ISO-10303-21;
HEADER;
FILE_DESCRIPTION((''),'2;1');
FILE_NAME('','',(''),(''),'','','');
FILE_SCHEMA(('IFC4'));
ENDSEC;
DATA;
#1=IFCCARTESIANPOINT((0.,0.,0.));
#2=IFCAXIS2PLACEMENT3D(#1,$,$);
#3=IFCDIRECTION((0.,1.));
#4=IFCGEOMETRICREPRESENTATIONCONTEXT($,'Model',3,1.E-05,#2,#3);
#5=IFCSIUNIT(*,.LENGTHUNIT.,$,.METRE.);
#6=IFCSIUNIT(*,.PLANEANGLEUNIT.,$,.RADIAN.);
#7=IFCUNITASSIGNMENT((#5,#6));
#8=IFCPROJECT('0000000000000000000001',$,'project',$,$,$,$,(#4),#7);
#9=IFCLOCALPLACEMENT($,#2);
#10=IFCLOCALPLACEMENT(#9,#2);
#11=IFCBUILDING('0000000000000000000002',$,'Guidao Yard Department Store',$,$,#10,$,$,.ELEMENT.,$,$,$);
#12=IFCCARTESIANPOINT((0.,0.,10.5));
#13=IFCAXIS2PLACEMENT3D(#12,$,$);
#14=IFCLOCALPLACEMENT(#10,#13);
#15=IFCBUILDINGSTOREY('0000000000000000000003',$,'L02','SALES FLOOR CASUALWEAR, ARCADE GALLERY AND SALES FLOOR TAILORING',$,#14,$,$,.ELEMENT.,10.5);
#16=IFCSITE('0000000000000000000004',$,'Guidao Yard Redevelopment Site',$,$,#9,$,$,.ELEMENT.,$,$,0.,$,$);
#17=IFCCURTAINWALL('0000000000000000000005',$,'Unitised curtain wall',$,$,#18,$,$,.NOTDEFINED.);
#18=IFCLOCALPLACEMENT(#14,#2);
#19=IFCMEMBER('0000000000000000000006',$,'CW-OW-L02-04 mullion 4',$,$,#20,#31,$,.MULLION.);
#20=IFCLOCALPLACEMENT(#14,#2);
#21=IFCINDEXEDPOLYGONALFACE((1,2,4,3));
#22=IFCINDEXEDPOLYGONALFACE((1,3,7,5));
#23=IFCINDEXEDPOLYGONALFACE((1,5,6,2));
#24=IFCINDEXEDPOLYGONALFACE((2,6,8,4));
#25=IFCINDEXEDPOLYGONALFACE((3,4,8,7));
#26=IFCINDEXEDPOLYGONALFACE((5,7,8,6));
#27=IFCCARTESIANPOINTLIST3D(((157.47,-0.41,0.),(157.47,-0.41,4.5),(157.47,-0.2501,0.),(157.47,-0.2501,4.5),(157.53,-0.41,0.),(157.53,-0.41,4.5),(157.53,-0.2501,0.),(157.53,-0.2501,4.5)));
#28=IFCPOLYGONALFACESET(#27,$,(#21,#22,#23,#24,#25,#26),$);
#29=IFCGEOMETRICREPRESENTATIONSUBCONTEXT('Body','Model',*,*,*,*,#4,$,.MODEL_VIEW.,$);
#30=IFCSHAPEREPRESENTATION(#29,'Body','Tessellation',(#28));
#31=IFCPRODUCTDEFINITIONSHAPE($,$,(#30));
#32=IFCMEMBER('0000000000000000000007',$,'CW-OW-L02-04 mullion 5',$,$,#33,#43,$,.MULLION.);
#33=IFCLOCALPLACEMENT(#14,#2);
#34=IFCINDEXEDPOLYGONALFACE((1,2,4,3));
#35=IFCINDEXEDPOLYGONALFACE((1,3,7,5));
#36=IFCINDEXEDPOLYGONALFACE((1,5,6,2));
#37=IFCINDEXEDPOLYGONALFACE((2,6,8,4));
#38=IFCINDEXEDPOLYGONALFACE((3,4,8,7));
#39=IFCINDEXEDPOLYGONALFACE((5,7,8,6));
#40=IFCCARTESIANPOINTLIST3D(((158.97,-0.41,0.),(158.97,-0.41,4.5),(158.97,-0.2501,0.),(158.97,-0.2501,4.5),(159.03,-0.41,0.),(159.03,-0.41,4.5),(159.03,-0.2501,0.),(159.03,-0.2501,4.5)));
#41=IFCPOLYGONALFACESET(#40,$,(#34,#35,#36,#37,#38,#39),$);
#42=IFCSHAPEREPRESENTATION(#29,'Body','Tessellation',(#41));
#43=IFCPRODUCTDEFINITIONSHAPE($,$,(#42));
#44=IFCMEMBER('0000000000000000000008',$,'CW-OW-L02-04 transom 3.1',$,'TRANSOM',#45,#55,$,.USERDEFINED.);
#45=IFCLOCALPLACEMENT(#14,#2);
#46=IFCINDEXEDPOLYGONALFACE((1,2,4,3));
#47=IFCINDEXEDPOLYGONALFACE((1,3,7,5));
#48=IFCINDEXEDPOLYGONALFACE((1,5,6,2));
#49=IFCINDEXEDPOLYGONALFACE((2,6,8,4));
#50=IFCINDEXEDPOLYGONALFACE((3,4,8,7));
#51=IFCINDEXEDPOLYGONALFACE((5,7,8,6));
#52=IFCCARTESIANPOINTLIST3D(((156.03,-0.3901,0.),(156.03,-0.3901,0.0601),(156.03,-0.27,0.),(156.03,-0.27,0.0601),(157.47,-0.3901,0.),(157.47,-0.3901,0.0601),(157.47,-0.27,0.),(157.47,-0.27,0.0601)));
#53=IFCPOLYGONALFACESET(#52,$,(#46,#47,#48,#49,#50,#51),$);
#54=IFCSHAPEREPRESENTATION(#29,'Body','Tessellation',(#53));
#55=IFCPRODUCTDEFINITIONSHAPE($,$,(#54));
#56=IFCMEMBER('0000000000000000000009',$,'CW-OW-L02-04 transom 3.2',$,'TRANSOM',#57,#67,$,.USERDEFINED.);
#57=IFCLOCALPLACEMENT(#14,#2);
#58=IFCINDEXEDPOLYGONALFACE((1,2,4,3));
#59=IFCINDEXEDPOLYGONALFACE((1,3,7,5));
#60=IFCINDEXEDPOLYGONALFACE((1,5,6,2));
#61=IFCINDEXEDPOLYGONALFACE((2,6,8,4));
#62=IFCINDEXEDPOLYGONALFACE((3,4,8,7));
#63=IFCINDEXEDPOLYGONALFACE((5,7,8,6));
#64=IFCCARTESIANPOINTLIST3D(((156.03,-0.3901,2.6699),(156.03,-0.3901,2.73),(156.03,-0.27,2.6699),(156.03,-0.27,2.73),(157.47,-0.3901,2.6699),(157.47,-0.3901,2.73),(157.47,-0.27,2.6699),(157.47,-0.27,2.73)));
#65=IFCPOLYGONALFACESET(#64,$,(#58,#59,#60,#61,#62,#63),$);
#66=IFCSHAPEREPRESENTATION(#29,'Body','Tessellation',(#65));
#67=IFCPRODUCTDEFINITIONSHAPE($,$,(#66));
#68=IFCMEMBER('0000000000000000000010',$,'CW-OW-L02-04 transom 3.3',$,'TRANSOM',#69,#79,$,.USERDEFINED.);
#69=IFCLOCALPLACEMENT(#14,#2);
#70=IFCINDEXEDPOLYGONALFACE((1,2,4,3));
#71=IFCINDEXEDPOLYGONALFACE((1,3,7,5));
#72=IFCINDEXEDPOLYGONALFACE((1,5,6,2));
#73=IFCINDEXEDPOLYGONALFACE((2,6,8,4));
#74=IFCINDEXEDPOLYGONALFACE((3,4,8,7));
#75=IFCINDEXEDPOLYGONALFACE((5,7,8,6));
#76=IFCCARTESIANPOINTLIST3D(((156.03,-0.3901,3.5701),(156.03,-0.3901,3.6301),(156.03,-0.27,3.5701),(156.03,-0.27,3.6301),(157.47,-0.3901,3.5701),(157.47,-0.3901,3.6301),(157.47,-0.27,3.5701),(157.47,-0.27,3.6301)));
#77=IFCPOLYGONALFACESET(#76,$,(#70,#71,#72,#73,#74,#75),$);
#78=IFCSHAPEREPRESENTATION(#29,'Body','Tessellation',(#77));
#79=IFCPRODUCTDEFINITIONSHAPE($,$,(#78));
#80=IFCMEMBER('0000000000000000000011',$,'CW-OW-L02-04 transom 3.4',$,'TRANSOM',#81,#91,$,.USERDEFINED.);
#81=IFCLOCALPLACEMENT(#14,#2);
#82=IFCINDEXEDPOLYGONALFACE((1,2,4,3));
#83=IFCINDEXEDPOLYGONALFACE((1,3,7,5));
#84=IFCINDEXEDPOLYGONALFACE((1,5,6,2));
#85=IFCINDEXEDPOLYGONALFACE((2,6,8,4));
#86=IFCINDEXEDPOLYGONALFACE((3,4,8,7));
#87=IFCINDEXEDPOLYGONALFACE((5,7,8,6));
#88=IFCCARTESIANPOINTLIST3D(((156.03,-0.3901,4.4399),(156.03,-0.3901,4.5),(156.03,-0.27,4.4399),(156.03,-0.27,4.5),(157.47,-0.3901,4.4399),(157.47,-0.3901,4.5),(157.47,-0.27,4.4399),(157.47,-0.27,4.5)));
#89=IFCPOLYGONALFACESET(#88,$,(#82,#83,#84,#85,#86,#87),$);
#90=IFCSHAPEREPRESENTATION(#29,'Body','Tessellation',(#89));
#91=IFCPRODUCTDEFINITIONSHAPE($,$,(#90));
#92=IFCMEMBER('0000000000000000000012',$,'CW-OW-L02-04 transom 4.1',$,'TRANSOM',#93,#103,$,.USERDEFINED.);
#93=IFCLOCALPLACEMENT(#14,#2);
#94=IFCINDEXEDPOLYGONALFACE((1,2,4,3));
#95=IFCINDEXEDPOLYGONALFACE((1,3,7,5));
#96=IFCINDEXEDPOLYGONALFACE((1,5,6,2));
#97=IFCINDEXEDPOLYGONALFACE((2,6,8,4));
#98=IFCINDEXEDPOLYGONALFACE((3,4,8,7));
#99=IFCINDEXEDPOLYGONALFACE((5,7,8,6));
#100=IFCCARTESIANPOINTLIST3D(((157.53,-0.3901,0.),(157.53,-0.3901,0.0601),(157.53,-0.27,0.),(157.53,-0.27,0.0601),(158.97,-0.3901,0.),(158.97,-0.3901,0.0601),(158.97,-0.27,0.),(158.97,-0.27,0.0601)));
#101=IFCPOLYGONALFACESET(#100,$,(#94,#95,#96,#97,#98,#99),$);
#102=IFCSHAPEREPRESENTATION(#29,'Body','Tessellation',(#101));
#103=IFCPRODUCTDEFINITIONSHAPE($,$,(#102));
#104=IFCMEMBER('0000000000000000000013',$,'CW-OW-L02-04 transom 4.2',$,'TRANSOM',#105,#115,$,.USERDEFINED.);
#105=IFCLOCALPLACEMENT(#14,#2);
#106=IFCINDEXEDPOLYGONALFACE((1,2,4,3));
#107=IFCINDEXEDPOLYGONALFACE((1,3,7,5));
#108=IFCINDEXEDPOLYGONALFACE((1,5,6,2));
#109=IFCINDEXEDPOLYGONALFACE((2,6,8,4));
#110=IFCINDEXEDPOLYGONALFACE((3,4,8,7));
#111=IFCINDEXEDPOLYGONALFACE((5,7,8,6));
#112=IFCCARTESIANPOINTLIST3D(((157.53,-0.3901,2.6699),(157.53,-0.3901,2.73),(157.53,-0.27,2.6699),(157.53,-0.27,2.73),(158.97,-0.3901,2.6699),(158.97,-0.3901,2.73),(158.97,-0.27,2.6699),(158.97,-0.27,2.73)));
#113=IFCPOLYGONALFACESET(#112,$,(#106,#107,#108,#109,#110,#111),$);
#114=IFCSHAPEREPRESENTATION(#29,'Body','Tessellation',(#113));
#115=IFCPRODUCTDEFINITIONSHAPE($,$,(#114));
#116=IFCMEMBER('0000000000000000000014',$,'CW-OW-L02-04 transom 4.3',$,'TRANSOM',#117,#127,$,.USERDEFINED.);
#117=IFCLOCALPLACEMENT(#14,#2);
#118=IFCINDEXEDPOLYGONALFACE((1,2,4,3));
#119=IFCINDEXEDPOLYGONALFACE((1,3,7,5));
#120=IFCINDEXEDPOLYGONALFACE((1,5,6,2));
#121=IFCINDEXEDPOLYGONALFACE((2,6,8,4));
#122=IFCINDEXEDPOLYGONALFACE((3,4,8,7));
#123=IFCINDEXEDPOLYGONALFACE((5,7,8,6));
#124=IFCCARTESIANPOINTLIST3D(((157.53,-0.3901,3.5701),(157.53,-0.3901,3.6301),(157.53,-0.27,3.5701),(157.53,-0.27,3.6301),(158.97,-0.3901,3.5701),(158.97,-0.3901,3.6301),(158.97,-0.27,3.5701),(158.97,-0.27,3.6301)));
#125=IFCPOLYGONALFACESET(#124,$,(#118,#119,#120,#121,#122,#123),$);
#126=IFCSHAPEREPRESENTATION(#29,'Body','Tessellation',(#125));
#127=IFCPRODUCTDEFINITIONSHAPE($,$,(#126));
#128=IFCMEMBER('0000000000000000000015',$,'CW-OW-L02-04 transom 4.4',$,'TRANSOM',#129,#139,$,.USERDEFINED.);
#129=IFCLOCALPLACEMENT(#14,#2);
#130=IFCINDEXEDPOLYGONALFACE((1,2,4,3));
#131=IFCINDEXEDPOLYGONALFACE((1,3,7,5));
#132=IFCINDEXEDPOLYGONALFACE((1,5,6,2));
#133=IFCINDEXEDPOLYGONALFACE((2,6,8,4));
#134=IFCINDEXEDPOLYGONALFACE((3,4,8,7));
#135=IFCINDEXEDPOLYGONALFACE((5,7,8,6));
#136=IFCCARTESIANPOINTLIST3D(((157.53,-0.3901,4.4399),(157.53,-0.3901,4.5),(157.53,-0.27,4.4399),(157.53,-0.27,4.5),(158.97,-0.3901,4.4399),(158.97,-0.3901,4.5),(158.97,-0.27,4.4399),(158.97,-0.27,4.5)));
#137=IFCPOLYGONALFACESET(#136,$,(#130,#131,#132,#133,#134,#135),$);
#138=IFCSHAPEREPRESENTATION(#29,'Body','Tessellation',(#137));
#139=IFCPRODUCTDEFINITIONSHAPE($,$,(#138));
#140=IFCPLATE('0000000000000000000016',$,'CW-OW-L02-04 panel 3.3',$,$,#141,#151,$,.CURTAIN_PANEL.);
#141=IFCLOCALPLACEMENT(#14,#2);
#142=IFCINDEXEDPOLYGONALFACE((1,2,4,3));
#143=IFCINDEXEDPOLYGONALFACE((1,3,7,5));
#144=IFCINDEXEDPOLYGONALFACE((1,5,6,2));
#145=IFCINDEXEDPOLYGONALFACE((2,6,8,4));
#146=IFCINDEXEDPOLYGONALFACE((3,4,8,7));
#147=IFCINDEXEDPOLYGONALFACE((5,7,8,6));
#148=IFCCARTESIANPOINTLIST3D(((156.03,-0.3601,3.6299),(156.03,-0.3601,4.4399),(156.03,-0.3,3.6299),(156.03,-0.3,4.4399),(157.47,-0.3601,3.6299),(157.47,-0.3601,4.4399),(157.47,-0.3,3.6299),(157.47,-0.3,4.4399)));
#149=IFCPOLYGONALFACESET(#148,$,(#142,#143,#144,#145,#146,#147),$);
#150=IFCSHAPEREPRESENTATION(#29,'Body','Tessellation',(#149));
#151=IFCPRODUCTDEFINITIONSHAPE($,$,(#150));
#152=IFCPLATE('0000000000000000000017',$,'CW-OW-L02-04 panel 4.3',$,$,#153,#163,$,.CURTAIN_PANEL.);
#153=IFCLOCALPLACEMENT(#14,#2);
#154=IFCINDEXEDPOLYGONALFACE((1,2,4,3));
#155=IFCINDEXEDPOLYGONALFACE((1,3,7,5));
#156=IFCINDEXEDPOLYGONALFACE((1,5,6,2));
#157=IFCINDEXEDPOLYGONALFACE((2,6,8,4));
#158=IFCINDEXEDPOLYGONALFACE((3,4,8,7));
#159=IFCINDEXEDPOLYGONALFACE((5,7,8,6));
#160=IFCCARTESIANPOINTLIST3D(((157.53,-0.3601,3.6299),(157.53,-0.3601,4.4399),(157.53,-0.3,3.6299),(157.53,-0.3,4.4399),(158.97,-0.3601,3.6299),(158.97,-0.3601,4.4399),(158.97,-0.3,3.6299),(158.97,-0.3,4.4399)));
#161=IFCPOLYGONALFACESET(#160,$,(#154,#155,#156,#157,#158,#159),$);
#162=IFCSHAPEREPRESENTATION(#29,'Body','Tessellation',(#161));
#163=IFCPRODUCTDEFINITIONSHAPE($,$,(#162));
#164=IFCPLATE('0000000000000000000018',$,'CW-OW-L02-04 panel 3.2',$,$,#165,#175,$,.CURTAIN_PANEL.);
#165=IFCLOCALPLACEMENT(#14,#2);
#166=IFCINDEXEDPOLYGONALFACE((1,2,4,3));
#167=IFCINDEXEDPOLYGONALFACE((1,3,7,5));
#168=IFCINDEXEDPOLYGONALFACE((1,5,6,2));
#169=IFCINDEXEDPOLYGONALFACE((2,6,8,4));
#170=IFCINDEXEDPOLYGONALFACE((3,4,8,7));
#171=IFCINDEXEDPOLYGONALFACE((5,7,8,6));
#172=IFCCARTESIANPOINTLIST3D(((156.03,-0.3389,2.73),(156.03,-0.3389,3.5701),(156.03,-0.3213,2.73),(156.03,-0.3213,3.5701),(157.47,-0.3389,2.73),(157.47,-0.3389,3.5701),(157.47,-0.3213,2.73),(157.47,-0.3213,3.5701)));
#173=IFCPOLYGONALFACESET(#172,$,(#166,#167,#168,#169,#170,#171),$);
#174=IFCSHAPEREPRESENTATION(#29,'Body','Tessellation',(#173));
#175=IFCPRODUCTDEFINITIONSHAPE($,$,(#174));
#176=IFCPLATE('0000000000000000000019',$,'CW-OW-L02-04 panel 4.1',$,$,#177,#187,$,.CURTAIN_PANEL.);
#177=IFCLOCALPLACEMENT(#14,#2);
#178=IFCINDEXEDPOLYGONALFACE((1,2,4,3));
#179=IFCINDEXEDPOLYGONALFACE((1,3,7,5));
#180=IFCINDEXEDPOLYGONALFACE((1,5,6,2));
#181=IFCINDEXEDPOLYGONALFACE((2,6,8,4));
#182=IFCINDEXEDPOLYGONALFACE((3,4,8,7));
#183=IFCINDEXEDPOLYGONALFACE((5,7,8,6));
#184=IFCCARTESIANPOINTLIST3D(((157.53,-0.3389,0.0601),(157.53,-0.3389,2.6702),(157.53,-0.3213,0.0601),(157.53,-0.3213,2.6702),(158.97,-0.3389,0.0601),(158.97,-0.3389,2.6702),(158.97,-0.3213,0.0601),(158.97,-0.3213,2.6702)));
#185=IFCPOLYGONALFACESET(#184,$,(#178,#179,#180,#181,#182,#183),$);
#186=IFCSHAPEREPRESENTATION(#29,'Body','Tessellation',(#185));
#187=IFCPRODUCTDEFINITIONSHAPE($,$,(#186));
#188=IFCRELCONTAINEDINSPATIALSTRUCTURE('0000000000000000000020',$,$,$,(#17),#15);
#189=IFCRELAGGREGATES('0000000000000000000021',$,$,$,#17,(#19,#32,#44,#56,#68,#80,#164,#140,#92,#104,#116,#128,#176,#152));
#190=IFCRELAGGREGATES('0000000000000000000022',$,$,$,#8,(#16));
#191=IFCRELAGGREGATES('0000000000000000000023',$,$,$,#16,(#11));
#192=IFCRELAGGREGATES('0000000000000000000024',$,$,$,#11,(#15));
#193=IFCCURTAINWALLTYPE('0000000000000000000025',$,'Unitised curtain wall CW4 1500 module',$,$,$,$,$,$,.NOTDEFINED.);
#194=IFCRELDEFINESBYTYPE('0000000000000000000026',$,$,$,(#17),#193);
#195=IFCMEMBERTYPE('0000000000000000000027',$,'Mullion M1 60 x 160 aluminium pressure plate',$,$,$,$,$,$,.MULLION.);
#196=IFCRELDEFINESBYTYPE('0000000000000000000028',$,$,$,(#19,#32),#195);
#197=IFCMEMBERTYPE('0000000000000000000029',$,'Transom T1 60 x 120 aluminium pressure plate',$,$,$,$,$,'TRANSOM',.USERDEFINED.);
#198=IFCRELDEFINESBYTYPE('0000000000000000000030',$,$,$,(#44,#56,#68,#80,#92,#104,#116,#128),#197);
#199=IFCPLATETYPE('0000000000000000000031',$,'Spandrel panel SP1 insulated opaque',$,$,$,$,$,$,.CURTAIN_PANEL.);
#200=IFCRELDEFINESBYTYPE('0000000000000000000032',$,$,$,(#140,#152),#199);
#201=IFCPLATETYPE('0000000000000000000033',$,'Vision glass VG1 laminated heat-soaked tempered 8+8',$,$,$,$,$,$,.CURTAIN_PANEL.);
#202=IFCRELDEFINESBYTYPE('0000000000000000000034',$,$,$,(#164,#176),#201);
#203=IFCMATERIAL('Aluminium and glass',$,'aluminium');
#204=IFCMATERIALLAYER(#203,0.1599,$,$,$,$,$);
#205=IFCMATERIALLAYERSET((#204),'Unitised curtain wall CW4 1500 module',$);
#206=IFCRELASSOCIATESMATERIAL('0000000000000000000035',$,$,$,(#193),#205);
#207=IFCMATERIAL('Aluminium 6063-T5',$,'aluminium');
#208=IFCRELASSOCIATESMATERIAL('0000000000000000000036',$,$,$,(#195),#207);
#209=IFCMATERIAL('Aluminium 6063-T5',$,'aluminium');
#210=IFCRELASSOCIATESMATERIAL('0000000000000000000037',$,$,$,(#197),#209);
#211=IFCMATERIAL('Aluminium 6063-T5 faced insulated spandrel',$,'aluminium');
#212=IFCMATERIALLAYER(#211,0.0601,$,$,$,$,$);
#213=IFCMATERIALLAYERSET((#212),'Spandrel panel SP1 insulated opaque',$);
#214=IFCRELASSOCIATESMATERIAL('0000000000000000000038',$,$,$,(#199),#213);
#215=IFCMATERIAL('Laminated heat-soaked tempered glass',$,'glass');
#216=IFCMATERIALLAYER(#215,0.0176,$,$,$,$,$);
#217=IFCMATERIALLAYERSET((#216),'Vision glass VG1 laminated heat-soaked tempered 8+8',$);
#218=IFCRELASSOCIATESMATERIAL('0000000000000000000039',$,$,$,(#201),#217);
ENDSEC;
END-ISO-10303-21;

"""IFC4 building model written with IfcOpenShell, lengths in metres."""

from ifc_helpers import new_model, si_unit, direction, frame, origin, origin_2d, place, context, subcontext, project, spatial, rectangle, extrude, material, layer, layer_set, material_profile, profile_set, type_object, element, aggregate, save


model = new_model("IFC4")

# Units and contexts
model_context = context("Model", 3, precision=1e-05, world=origin(), true_north=direction((0.0, 1.0)))
body_context = subcontext(model_context, "Body", "Model", "MODEL_VIEW")
ifc_project = project(units=[si_unit("LENGTHUNIT", "METRE"), si_unit("PLANEANGLEUNIT", "RADIAN")], contexts=[model_context])

# Site, building, storey
site_placement = place(None, origin())
site = spatial("IfcSite", under=ifc_project, at=site_placement, Name="Guidao Yard Redevelopment Site", CompositionType="ELEMENT", RefElevation=0.0)
building_placement = place(site_placement, origin())
building = spatial("IfcBuilding", under=site, at=building_placement, Name="Guidao Yard Department Store", CompositionType="ELEMENT")
storey_placement = place(building_placement, frame((0.0, 0.0, 10.5)))
storey = spatial("IfcBuildingStorey", under=building, at=storey_placement, Name="L02", Description="SALES FLOOR CASUALWEAR, ARCADE GALLERY AND SALES FLOOR TAILORING", CompositionType="ELEMENT", Elevation=10.5)

# Curtain wall, members, plates
ifc_material_1 = material(Name="Aluminium and glass", Category="aluminium")
ifc_layer_1 = layer(ifc_material_1, 0.1599)
ifc_layer_set_1 = layer_set([ifc_layer_1], Name="Unitised curtain wall CW4 1500 module")
curtain_wall_type = type_object("IfcCurtainWallType", Name="Unitised curtain wall CW4 1500 module", PredefinedType="NOTDEFINED", material=ifc_layer_set_1)
curtain_wall_placement = place(storey_placement, origin())
curtain_wall = element("IfcCurtainWall", 1, at=curtain_wall_placement, inside=storey, type_object=curtain_wall_type, Name="Unitised curtain wall", PredefinedType="NOTDEFINED")
ifc_material_2 = material(Name="Aluminium 6063-T5", Category="aluminium")
ifc_material_profile_1 = material_profile(ifc_material_2, rectangle(XDim=0.0601, YDim=0.1599, at=origin_2d()), Name="Mullion M1 60 x 160 aluminium pressure plate")
ifc_profile_set_1 = profile_set([ifc_material_profile_1], Name="Aluminium 6063-T5")
member_type_1 = type_object("IfcMemberType", Name="Mullion M1 60 x 160 aluminium pressure plate", PredefinedType="MULLION", material=ifc_profile_set_1)
member_1_placement = place(storey_placement, frame((157.5, -0.3301, 0.0), z_axis=(0.0, 0.0, 1.0), x_axis=(-1.0, 0.0, 0.0)))
member_1 = element("IfcMember", 2, at=member_1_placement, type_object=member_type_1, Name="CW-OW-L02-04 mullion 4", PredefinedType="MULLION", context=body_context, shape_type="SweptSolid", body=[
    extrude(rectangle(XDim=0.0601, YDim=0.1599, at=origin_2d()), origin(), (0.0, 0.0, 1.0), 4.5),
])
member_2_placement = place(storey_placement, frame((159.0, -0.3301, 0.0), z_axis=(0.0, 0.0, 1.0), x_axis=(-1.0, 0.0, 0.0)))
member_2 = element("IfcMember", 3, at=member_2_placement, type_object=member_type_1, Name="CW-OW-L02-04 mullion 5", PredefinedType="MULLION", context=body_context, shape_type="SweptSolid", body=[
    extrude(rectangle(XDim=0.0601, YDim=0.1599, at=origin_2d()), origin(), (0.0, 0.0, 1.0), 4.5),
])
ifc_material_3 = material(Name="Aluminium 6063-T5", Category="aluminium")
ifc_material_profile_2 = material_profile(ifc_material_3, rectangle(XDim=0.1201, YDim=0.0601, at=origin_2d()), Name="Transom T1 60 x 120 aluminium pressure plate")
ifc_profile_set_2 = profile_set([ifc_material_profile_2], Name="Aluminium 6063-T5")
member_type_2 = type_object("IfcMemberType", Name="Transom T1 60 x 120 aluminium pressure plate", ElementType="TRANSOM", PredefinedType="USERDEFINED", material=ifc_profile_set_2)
member_3_placement = place(storey_placement, frame((157.47, -0.3301, 0.03), z_axis=(-1.0, 0.0, 0.0), x_axis=(0.0, -1.0, 0.0)))
member_3 = element("IfcMember", 4, at=member_3_placement, type_object=member_type_2, Name="CW-OW-L02-04 transom 3.1", ObjectType="TRANSOM", PredefinedType="USERDEFINED", context=body_context, shape_type="SweptSolid", body=[
    extrude(rectangle(XDim=0.1201, YDim=0.0601, at=origin_2d()), origin(), (0.0, 0.0, 1.0), 1.4399),
])
member_4_placement = place(storey_placement, frame((157.47, -0.3301, 2.7), z_axis=(-1.0, 0.0, 0.0), x_axis=(0.0, -1.0, 0.0)))
member_4 = element("IfcMember", 5, at=member_4_placement, type_object=member_type_2, Name="CW-OW-L02-04 transom 3.2", ObjectType="TRANSOM", PredefinedType="USERDEFINED", context=body_context, shape_type="SweptSolid", body=[
    extrude(rectangle(XDim=0.1201, YDim=0.0601, at=origin_2d()), origin(), (0.0, 0.0, 1.0), 1.4399),
])
member_5_placement = place(storey_placement, frame((157.47, -0.3301, 3.6001), z_axis=(-1.0, 0.0, 0.0), x_axis=(0.0, -1.0, 0.0)))
member_5 = element("IfcMember", 6, at=member_5_placement, type_object=member_type_2, Name="CW-OW-L02-04 transom 3.3", ObjectType="TRANSOM", PredefinedType="USERDEFINED", context=body_context, shape_type="SweptSolid", body=[
    extrude(rectangle(XDim=0.1201, YDim=0.0601, at=origin_2d()), origin(), (0.0, 0.0, 1.0), 1.4399),
])
member_6_placement = place(storey_placement, frame((157.47, -0.3301, 4.47), z_axis=(-1.0, 0.0, 0.0), x_axis=(0.0, -1.0, 0.0)))
member_6 = element("IfcMember", 7, at=member_6_placement, type_object=member_type_2, Name="CW-OW-L02-04 transom 3.4", ObjectType="TRANSOM", PredefinedType="USERDEFINED", context=body_context, shape_type="SweptSolid", body=[
    extrude(rectangle(XDim=0.1201, YDim=0.0601, at=origin_2d()), origin(), (0.0, 0.0, 1.0), 1.4399),
])
member_7_placement = place(storey_placement, frame((158.97, -0.3301, 0.03), z_axis=(-1.0, 0.0, 0.0), x_axis=(0.0, -1.0, 0.0)))
member_7 = element("IfcMember", 8, at=member_7_placement, type_object=member_type_2, Name="CW-OW-L02-04 transom 4.1", ObjectType="TRANSOM", PredefinedType="USERDEFINED", context=body_context, shape_type="SweptSolid", body=[
    extrude(rectangle(XDim=0.1201, YDim=0.0601, at=origin_2d()), origin(), (0.0, 0.0, 1.0), 1.4399),
])
member_8_placement = place(storey_placement, frame((158.97, -0.3301, 2.7), z_axis=(-1.0, 0.0, 0.0), x_axis=(0.0, -1.0, 0.0)))
member_8 = element("IfcMember", 9, at=member_8_placement, type_object=member_type_2, Name="CW-OW-L02-04 transom 4.2", ObjectType="TRANSOM", PredefinedType="USERDEFINED", context=body_context, shape_type="SweptSolid", body=[
    extrude(rectangle(XDim=0.1201, YDim=0.0601, at=origin_2d()), origin(), (0.0, 0.0, 1.0), 1.4399),
])
member_9_placement = place(storey_placement, frame((158.97, -0.3301, 3.6001), z_axis=(-1.0, 0.0, 0.0), x_axis=(0.0, -1.0, 0.0)))
member_9 = element("IfcMember", 10, at=member_9_placement, type_object=member_type_2, Name="CW-OW-L02-04 transom 4.3", ObjectType="TRANSOM", PredefinedType="USERDEFINED", context=body_context, shape_type="SweptSolid", body=[
    extrude(rectangle(XDim=0.1201, YDim=0.0601, at=origin_2d()), origin(), (0.0, 0.0, 1.0), 1.4399),
])
member_10_placement = place(storey_placement, frame((158.97, -0.3301, 4.47), z_axis=(-1.0, 0.0, 0.0), x_axis=(0.0, -1.0, 0.0)))
member_10 = element("IfcMember", 11, at=member_10_placement, type_object=member_type_2, Name="CW-OW-L02-04 transom 4.4", ObjectType="TRANSOM", PredefinedType="USERDEFINED", context=body_context, shape_type="SweptSolid", body=[
    extrude(rectangle(XDim=0.1201, YDim=0.0601, at=origin_2d()), origin(), (0.0, 0.0, 1.0), 1.4399),
])
ifc_material_4 = material(Name="Aluminium 6063-T5 faced insulated spandrel", Category="aluminium")
ifc_layer_2 = layer(ifc_material_4, 0.0601)
ifc_layer_set_2 = layer_set([ifc_layer_2], Name="Spandrel panel SP1 insulated opaque")
plate_type_1 = type_object("IfcPlateType", Name="Spandrel panel SP1 insulated opaque", PredefinedType="CURTAIN_PANEL", material=ifc_layer_set_2)
plate_1_placement = place(storey_placement, frame((156.75, -0.3301, 3.6299), z_axis=(0.0, 0.0, 1.0), x_axis=(-1.0, 0.0, 0.0)))
plate_1 = element("IfcPlate", 12, at=plate_1_placement, type_object=plate_type_1, Name="CW-OW-L02-04 panel 3.3", PredefinedType="CURTAIN_PANEL", context=body_context, shape_type="SweptSolid", body=[
    extrude(rectangle(XDim=1.4399, YDim=0.0601, at=origin_2d()), origin(), (0.0, 0.0, 1.0), 0.8101),
])
plate_2_placement = place(storey_placement, frame((158.25, -0.3301, 3.6299), z_axis=(0.0, 0.0, 1.0), x_axis=(-1.0, 0.0, 0.0)))
plate_2 = element("IfcPlate", 13, at=plate_2_placement, type_object=plate_type_1, Name="CW-OW-L02-04 panel 4.3", PredefinedType="CURTAIN_PANEL", context=body_context, shape_type="SweptSolid", body=[
    extrude(rectangle(XDim=1.4399, YDim=0.0601, at=origin_2d()), origin(), (0.0, 0.0, 1.0), 0.8101),
])
ifc_material_5 = material(Name="Laminated heat-soaked tempered glass", Category="glass")
ifc_layer_3 = layer(ifc_material_5, 0.0176)
ifc_layer_set_3 = layer_set([ifc_layer_3], Name="Vision glass VG1 laminated heat-soaked tempered 8+8")
plate_type_2 = type_object("IfcPlateType", Name="Vision glass VG1 laminated heat-soaked tempered 8+8", PredefinedType="CURTAIN_PANEL", material=ifc_layer_set_3)
plate_3_placement = place(storey_placement, frame((156.75, -0.3301, 2.73), z_axis=(0.0, 0.0, 1.0), x_axis=(-1.0, 0.0, 0.0)))
plate_3 = element("IfcPlate", 14, at=plate_3_placement, type_object=plate_type_2, Name="CW-OW-L02-04 panel 3.2", PredefinedType="CURTAIN_PANEL", context=body_context, shape_type="SweptSolid", body=[
    extrude(rectangle(XDim=1.4399, YDim=0.0176, at=origin_2d()), origin(), (0.0, 0.0, 1.0), 0.8401),
])
plate_4_placement = place(storey_placement, frame((158.25, -0.3301, 0.0601), z_axis=(0.0, 0.0, 1.0), x_axis=(-1.0, 0.0, 0.0)))
plate_4 = element("IfcPlate", 15, at=plate_4_placement, type_object=plate_type_2, Name="CW-OW-L02-04 panel 4.1", PredefinedType="CURTAIN_PANEL", context=body_context, shape_type="SweptSolid", body=[
    extrude(rectangle(XDim=1.4399, YDim=0.0176, at=origin_2d()), origin(), (0.0, 0.0, 1.0), 2.6101),
])
aggregate(curtain_wall, [member_1, member_2, member_3, member_4, member_5, member_6, plate_3, plate_1, member_7, member_8, member_9, member_10, plate_4, plate_2])

save(model, "model.ifc")
